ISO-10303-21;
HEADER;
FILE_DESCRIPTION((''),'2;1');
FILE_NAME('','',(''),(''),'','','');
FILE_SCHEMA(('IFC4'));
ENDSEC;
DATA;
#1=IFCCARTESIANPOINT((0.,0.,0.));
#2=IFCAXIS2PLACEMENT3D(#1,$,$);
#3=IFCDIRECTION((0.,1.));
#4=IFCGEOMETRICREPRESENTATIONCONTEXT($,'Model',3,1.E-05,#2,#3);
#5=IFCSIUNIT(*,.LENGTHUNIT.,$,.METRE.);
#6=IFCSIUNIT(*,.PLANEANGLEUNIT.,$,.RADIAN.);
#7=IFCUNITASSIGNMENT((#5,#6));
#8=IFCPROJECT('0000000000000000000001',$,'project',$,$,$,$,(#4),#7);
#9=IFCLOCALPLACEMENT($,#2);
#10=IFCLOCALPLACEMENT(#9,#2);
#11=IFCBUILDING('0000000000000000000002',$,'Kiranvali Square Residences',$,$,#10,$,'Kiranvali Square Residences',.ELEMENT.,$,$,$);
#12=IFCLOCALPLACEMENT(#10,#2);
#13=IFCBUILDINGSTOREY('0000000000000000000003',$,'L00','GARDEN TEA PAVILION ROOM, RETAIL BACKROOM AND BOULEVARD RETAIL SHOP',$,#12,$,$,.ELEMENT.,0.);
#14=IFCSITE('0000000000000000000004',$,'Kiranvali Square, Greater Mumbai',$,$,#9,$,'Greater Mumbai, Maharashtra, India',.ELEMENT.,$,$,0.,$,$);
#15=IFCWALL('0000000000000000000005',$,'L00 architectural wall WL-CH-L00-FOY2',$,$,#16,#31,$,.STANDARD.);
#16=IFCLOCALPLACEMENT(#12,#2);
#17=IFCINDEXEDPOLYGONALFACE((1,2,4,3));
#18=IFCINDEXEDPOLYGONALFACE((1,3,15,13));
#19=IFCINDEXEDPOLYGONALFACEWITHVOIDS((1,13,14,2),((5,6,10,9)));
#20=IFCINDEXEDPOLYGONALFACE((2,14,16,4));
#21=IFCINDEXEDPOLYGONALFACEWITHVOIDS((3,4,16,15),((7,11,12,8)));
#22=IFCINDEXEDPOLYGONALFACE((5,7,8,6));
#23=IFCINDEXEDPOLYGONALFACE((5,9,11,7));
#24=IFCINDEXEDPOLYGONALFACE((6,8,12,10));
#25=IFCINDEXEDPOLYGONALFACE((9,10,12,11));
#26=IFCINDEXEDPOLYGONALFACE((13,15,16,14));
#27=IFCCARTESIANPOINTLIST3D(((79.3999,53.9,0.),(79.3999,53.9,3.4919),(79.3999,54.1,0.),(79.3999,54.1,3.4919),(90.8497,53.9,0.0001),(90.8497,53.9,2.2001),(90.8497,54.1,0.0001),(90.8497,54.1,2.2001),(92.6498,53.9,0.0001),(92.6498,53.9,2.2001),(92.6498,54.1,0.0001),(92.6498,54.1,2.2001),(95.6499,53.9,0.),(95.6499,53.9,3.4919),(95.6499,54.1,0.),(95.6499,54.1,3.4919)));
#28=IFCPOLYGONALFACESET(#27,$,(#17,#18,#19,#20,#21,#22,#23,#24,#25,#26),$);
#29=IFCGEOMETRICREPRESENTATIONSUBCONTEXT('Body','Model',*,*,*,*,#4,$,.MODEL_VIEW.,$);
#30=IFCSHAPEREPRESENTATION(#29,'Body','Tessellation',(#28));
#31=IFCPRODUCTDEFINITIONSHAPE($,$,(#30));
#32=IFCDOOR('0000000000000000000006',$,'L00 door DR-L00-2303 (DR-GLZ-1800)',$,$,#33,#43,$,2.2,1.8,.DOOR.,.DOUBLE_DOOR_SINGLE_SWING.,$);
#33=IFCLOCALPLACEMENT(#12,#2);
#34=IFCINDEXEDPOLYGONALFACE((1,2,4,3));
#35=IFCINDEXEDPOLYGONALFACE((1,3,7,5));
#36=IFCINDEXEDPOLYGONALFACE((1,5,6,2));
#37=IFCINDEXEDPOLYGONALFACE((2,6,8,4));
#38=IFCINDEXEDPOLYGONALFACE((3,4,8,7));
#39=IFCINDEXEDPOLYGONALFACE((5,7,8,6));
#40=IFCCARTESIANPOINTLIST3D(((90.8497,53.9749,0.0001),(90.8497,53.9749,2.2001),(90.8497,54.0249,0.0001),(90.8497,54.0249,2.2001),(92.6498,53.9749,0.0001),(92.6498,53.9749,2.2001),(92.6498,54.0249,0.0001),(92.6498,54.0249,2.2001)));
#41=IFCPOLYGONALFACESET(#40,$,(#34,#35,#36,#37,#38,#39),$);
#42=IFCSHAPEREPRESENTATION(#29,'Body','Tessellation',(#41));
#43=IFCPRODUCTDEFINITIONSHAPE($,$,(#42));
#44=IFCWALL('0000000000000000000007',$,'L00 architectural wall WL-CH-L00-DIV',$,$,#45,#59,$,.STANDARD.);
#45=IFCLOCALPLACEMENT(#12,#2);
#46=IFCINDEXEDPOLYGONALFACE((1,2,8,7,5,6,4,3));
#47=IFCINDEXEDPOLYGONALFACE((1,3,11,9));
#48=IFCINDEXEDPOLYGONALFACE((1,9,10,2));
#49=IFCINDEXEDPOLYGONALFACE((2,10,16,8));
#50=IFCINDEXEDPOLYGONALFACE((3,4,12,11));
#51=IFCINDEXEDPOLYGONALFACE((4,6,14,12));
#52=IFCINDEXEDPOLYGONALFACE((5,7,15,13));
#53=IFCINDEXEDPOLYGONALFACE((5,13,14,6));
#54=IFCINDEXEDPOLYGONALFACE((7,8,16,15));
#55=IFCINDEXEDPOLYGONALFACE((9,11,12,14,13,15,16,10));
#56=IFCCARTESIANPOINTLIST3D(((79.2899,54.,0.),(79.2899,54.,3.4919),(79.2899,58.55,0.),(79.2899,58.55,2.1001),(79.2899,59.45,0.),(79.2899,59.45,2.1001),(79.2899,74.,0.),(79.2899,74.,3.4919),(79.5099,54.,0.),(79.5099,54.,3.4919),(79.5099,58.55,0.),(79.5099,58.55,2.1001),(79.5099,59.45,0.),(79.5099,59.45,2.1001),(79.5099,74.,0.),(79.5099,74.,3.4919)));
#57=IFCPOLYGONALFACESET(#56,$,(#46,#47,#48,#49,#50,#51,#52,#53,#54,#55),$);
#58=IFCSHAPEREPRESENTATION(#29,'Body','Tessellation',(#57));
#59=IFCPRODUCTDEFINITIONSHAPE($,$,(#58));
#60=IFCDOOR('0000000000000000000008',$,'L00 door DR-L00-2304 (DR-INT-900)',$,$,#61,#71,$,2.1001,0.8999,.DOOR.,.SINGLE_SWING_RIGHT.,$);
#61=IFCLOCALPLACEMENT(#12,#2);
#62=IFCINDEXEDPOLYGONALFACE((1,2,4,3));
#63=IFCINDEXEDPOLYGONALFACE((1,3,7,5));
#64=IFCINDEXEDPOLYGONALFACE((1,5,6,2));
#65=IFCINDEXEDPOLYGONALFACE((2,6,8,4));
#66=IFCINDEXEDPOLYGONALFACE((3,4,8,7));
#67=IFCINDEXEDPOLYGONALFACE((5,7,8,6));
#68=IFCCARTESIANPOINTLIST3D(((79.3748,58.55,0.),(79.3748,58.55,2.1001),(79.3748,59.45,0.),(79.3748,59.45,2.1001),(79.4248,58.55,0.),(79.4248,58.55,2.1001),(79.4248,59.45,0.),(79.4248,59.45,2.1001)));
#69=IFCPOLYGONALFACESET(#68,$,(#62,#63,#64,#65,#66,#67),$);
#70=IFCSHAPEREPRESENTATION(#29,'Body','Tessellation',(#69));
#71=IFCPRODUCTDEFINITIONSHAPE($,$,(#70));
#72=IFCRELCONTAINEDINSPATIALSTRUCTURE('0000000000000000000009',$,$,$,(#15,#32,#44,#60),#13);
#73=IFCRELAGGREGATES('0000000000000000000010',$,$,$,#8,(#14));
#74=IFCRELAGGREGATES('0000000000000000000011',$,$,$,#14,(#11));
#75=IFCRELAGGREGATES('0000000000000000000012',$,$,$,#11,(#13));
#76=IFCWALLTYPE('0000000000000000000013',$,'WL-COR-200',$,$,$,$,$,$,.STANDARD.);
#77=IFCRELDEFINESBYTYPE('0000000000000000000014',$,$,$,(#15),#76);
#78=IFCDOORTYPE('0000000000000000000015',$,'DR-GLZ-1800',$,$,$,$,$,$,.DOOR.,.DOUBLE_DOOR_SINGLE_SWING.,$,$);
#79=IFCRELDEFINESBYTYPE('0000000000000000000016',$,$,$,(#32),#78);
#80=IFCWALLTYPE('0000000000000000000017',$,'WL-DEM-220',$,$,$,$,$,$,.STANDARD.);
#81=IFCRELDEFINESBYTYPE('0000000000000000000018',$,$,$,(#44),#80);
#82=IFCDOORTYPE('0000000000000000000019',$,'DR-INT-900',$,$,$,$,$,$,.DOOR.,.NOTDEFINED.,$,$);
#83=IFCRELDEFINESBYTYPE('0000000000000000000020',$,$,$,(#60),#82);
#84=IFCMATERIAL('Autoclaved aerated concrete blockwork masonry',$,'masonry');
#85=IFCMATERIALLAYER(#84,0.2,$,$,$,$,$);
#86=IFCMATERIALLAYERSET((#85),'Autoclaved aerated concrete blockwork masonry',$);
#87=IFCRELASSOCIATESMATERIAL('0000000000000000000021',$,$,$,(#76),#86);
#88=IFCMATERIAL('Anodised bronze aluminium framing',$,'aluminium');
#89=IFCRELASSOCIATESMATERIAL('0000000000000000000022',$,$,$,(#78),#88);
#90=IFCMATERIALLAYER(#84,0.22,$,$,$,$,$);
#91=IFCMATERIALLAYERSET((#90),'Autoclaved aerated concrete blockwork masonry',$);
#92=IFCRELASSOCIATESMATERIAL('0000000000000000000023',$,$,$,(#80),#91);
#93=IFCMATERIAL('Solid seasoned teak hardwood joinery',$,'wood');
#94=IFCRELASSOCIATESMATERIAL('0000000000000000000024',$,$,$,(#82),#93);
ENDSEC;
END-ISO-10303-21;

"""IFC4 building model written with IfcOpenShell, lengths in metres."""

from ifc_helpers import new_model, si_unit, direction, frame, frame_2d, origin, place, context, subcontext, project, spatial, rectangle, extrude, material, layer, layer_set, type_object, element, fill, save


model = new_model("IFC4")

# Units and contexts
model_context = context("Model", 3, precision=1e-05, world=origin(), true_north=direction((0.0, 1.0)))
body_context = subcontext(model_context, "Body", "Model", "MODEL_VIEW")
ifc_project = project(units=[si_unit("LENGTHUNIT", "METRE"), si_unit("PLANEANGLEUNIT", "RADIAN")], contexts=[model_context])

# Site, building, storey
site_placement = place(None, origin())
site = spatial("IfcSite", under=ifc_project, at=site_placement, Name="Kiranvali Square, Greater Mumbai", LongName="Greater Mumbai, Maharashtra, India", CompositionType="ELEMENT", RefElevation=0.0)
building_placement = place(site_placement, origin())
building = spatial("IfcBuilding", under=site, at=building_placement, Name="Kiranvali Square Residences", LongName="Kiranvali Square Residences", CompositionType="ELEMENT")
storey_placement = place(building_placement, origin())
storey = spatial("IfcBuildingStorey", under=building, at=storey_placement, Name="L00", Description="GARDEN TEA PAVILION ROOM, RETAIL BACKROOM AND BOULEVARD RETAIL SHOP", CompositionType="ELEMENT", Elevation=0.0)

# Shared definitions
ifc_material_1 = material(Name="Anodised bronze aluminium framing", Category="aluminium")

# Walls, openings, doors
ifc_material_2 = material(Name="Autoclaved aerated concrete blockwork masonry", Category="masonry")
ifc_layer_1 = layer(ifc_material_2, 0.2)
ifc_layer_set_1 = layer_set([ifc_layer_1], Name="Autoclaved aerated concrete blockwork masonry")
wall_type_1 = type_object("IfcWallType", Name="WL-COR-200", PredefinedType="STANDARD", material=ifc_layer_set_1)
door_type_1 = type_object("IfcDoorType", Name="DR-GLZ-1800", OperationType="DOUBLE_DOOR_SINGLE_SWING", PredefinedType="DOOR", material=ifc_material_1)
wall_1_placement = place(storey_placement, frame((79.3999, 54.0, 0.0), z_axis=(0.0, 0.0, 1.0), x_axis=(1.0, 0.0, 0.0)))
wall_1 = element("IfcWall", 1, at=wall_1_placement, inside=storey, type_object=wall_type_1, Name="L00 architectural wall WL-CH-L00-FOY2", PredefinedType="STANDARD", context=body_context, shape_type="SweptSolid", body=[
    extrude(rectangle(XDim=16.25, YDim=0.2, at=frame_2d((8.125, 0.0))), origin(), (0.0, 0.0, 1.0), 3.4919),
])
opening_1_placement = place(wall_1_placement, frame((11.45, 0.0, 0.0)))
opening_1 = element("IfcOpeningElement", 2, at=opening_1_placement, cuts=wall_1, PredefinedType="OPENING", context=body_context, shape_type="SweptSolid", body=[
    extrude(rectangle(XDim=1.8, YDim=2.2, at=frame_2d((0.8999, 1.1001))), frame((0.0, 0.1099, 0.0), z_axis=(0.0, -1.0, 0.0), x_axis=(1.0, 0.0, 0.0)), (0.0, 0.0, 1.0), 0.22),
])
door_1_placement = place(opening_1_placement, origin())
door_1 = element("IfcDoor", 3, at=door_1_placement, inside=storey, type_object=door_type_1, Name="L00 door DR-L00-2303 (DR-GLZ-1800)", OperationType="DOUBLE_DOOR_SINGLE_SWING", OverallHeight=2.2, OverallWidth=1.8, PredefinedType="DOOR", context=body_context, shape_type="SweptSolid", body=[
    extrude(rectangle(XDim=1.8, YDim=2.2, at=frame_2d((0.8999, 1.1001))), frame((0.0, 0.0249, 0.0), z_axis=(0.0, -1.0, 0.0), x_axis=(1.0, 0.0, 0.0)), (0.0, 0.0, 1.0), 0.05),
])
fill(opening_1, door_1)
ifc_layer_2 = layer(ifc_material_2, 0.22)
ifc_layer_set_2 = layer_set([ifc_layer_2], Name="Autoclaved aerated concrete blockwork masonry")
wall_type_2 = type_object("IfcWallType", Name="WL-DEM-220", PredefinedType="STANDARD", material=ifc_layer_set_2)
wall_2_placement = place(storey_placement, frame((79.3999, 54.0, 0.0), z_axis=(0.0, 0.0, 1.0), x_axis=(0.0, 1.0, 0.0)))
wall_2 = element("IfcWall", 4, at=wall_2_placement, inside=storey, type_object=wall_type_2, Name="L00 architectural wall WL-CH-L00-DIV", PredefinedType="STANDARD", context=body_context, shape_type="SweptSolid", body=[
    extrude(rectangle(XDim=20.0, YDim=0.22, at=frame_2d((10.0, 0.0))), origin(), (0.0, 0.0, 1.0), 3.4919),
])
opening_2_placement = place(wall_2_placement, frame((4.55, 0.0, 0.0)))
opening_2 = element("IfcOpeningElement", 5, at=opening_2_placement, cuts=wall_2, PredefinedType="OPENING", context=body_context, shape_type="SweptSolid", body=[
    extrude(rectangle(XDim=0.8999, YDim=2.1001, at=frame_2d((0.45, 1.05))), frame((0.0, 0.1199, 0.0), z_axis=(0.0, -1.0, 0.0), x_axis=(1.0, 0.0, 0.0)), (0.0, 0.0, 1.0), 0.24),
])
ifc_material_3 = material(Name="Solid seasoned teak hardwood joinery", Category="wood")
door_type_2 = type_object("IfcDoorType", Name="DR-INT-900", OperationType="NOTDEFINED", PredefinedType="DOOR", material=ifc_material_3)
door_2_placement = place(opening_2_placement, frame((0.8999, 0.0, 0.0), z_axis=(0.0, 0.0, 1.0), x_axis=(-1.0, 0.0, 0.0)))
door_2 = element("IfcDoor", 6, at=door_2_placement, inside=storey, type_object=door_type_2, Name="L00 door DR-L00-2304 (DR-INT-900)", OperationType="SINGLE_SWING_RIGHT", OverallHeight=2.1001, OverallWidth=0.8999, PredefinedType="DOOR", context=body_context, shape_type="SweptSolid", body=[
    extrude(rectangle(XDim=0.8999, YDim=2.1001, at=frame_2d((0.45, 1.05))), frame((0.0, 0.0249, 0.0), z_axis=(0.0, -1.0, 0.0), x_axis=(1.0, 0.0, 0.0)), (0.0, 0.0, 1.0), 0.05),
])
fill(opening_2, door_2)

save(model, "model.ifc")
